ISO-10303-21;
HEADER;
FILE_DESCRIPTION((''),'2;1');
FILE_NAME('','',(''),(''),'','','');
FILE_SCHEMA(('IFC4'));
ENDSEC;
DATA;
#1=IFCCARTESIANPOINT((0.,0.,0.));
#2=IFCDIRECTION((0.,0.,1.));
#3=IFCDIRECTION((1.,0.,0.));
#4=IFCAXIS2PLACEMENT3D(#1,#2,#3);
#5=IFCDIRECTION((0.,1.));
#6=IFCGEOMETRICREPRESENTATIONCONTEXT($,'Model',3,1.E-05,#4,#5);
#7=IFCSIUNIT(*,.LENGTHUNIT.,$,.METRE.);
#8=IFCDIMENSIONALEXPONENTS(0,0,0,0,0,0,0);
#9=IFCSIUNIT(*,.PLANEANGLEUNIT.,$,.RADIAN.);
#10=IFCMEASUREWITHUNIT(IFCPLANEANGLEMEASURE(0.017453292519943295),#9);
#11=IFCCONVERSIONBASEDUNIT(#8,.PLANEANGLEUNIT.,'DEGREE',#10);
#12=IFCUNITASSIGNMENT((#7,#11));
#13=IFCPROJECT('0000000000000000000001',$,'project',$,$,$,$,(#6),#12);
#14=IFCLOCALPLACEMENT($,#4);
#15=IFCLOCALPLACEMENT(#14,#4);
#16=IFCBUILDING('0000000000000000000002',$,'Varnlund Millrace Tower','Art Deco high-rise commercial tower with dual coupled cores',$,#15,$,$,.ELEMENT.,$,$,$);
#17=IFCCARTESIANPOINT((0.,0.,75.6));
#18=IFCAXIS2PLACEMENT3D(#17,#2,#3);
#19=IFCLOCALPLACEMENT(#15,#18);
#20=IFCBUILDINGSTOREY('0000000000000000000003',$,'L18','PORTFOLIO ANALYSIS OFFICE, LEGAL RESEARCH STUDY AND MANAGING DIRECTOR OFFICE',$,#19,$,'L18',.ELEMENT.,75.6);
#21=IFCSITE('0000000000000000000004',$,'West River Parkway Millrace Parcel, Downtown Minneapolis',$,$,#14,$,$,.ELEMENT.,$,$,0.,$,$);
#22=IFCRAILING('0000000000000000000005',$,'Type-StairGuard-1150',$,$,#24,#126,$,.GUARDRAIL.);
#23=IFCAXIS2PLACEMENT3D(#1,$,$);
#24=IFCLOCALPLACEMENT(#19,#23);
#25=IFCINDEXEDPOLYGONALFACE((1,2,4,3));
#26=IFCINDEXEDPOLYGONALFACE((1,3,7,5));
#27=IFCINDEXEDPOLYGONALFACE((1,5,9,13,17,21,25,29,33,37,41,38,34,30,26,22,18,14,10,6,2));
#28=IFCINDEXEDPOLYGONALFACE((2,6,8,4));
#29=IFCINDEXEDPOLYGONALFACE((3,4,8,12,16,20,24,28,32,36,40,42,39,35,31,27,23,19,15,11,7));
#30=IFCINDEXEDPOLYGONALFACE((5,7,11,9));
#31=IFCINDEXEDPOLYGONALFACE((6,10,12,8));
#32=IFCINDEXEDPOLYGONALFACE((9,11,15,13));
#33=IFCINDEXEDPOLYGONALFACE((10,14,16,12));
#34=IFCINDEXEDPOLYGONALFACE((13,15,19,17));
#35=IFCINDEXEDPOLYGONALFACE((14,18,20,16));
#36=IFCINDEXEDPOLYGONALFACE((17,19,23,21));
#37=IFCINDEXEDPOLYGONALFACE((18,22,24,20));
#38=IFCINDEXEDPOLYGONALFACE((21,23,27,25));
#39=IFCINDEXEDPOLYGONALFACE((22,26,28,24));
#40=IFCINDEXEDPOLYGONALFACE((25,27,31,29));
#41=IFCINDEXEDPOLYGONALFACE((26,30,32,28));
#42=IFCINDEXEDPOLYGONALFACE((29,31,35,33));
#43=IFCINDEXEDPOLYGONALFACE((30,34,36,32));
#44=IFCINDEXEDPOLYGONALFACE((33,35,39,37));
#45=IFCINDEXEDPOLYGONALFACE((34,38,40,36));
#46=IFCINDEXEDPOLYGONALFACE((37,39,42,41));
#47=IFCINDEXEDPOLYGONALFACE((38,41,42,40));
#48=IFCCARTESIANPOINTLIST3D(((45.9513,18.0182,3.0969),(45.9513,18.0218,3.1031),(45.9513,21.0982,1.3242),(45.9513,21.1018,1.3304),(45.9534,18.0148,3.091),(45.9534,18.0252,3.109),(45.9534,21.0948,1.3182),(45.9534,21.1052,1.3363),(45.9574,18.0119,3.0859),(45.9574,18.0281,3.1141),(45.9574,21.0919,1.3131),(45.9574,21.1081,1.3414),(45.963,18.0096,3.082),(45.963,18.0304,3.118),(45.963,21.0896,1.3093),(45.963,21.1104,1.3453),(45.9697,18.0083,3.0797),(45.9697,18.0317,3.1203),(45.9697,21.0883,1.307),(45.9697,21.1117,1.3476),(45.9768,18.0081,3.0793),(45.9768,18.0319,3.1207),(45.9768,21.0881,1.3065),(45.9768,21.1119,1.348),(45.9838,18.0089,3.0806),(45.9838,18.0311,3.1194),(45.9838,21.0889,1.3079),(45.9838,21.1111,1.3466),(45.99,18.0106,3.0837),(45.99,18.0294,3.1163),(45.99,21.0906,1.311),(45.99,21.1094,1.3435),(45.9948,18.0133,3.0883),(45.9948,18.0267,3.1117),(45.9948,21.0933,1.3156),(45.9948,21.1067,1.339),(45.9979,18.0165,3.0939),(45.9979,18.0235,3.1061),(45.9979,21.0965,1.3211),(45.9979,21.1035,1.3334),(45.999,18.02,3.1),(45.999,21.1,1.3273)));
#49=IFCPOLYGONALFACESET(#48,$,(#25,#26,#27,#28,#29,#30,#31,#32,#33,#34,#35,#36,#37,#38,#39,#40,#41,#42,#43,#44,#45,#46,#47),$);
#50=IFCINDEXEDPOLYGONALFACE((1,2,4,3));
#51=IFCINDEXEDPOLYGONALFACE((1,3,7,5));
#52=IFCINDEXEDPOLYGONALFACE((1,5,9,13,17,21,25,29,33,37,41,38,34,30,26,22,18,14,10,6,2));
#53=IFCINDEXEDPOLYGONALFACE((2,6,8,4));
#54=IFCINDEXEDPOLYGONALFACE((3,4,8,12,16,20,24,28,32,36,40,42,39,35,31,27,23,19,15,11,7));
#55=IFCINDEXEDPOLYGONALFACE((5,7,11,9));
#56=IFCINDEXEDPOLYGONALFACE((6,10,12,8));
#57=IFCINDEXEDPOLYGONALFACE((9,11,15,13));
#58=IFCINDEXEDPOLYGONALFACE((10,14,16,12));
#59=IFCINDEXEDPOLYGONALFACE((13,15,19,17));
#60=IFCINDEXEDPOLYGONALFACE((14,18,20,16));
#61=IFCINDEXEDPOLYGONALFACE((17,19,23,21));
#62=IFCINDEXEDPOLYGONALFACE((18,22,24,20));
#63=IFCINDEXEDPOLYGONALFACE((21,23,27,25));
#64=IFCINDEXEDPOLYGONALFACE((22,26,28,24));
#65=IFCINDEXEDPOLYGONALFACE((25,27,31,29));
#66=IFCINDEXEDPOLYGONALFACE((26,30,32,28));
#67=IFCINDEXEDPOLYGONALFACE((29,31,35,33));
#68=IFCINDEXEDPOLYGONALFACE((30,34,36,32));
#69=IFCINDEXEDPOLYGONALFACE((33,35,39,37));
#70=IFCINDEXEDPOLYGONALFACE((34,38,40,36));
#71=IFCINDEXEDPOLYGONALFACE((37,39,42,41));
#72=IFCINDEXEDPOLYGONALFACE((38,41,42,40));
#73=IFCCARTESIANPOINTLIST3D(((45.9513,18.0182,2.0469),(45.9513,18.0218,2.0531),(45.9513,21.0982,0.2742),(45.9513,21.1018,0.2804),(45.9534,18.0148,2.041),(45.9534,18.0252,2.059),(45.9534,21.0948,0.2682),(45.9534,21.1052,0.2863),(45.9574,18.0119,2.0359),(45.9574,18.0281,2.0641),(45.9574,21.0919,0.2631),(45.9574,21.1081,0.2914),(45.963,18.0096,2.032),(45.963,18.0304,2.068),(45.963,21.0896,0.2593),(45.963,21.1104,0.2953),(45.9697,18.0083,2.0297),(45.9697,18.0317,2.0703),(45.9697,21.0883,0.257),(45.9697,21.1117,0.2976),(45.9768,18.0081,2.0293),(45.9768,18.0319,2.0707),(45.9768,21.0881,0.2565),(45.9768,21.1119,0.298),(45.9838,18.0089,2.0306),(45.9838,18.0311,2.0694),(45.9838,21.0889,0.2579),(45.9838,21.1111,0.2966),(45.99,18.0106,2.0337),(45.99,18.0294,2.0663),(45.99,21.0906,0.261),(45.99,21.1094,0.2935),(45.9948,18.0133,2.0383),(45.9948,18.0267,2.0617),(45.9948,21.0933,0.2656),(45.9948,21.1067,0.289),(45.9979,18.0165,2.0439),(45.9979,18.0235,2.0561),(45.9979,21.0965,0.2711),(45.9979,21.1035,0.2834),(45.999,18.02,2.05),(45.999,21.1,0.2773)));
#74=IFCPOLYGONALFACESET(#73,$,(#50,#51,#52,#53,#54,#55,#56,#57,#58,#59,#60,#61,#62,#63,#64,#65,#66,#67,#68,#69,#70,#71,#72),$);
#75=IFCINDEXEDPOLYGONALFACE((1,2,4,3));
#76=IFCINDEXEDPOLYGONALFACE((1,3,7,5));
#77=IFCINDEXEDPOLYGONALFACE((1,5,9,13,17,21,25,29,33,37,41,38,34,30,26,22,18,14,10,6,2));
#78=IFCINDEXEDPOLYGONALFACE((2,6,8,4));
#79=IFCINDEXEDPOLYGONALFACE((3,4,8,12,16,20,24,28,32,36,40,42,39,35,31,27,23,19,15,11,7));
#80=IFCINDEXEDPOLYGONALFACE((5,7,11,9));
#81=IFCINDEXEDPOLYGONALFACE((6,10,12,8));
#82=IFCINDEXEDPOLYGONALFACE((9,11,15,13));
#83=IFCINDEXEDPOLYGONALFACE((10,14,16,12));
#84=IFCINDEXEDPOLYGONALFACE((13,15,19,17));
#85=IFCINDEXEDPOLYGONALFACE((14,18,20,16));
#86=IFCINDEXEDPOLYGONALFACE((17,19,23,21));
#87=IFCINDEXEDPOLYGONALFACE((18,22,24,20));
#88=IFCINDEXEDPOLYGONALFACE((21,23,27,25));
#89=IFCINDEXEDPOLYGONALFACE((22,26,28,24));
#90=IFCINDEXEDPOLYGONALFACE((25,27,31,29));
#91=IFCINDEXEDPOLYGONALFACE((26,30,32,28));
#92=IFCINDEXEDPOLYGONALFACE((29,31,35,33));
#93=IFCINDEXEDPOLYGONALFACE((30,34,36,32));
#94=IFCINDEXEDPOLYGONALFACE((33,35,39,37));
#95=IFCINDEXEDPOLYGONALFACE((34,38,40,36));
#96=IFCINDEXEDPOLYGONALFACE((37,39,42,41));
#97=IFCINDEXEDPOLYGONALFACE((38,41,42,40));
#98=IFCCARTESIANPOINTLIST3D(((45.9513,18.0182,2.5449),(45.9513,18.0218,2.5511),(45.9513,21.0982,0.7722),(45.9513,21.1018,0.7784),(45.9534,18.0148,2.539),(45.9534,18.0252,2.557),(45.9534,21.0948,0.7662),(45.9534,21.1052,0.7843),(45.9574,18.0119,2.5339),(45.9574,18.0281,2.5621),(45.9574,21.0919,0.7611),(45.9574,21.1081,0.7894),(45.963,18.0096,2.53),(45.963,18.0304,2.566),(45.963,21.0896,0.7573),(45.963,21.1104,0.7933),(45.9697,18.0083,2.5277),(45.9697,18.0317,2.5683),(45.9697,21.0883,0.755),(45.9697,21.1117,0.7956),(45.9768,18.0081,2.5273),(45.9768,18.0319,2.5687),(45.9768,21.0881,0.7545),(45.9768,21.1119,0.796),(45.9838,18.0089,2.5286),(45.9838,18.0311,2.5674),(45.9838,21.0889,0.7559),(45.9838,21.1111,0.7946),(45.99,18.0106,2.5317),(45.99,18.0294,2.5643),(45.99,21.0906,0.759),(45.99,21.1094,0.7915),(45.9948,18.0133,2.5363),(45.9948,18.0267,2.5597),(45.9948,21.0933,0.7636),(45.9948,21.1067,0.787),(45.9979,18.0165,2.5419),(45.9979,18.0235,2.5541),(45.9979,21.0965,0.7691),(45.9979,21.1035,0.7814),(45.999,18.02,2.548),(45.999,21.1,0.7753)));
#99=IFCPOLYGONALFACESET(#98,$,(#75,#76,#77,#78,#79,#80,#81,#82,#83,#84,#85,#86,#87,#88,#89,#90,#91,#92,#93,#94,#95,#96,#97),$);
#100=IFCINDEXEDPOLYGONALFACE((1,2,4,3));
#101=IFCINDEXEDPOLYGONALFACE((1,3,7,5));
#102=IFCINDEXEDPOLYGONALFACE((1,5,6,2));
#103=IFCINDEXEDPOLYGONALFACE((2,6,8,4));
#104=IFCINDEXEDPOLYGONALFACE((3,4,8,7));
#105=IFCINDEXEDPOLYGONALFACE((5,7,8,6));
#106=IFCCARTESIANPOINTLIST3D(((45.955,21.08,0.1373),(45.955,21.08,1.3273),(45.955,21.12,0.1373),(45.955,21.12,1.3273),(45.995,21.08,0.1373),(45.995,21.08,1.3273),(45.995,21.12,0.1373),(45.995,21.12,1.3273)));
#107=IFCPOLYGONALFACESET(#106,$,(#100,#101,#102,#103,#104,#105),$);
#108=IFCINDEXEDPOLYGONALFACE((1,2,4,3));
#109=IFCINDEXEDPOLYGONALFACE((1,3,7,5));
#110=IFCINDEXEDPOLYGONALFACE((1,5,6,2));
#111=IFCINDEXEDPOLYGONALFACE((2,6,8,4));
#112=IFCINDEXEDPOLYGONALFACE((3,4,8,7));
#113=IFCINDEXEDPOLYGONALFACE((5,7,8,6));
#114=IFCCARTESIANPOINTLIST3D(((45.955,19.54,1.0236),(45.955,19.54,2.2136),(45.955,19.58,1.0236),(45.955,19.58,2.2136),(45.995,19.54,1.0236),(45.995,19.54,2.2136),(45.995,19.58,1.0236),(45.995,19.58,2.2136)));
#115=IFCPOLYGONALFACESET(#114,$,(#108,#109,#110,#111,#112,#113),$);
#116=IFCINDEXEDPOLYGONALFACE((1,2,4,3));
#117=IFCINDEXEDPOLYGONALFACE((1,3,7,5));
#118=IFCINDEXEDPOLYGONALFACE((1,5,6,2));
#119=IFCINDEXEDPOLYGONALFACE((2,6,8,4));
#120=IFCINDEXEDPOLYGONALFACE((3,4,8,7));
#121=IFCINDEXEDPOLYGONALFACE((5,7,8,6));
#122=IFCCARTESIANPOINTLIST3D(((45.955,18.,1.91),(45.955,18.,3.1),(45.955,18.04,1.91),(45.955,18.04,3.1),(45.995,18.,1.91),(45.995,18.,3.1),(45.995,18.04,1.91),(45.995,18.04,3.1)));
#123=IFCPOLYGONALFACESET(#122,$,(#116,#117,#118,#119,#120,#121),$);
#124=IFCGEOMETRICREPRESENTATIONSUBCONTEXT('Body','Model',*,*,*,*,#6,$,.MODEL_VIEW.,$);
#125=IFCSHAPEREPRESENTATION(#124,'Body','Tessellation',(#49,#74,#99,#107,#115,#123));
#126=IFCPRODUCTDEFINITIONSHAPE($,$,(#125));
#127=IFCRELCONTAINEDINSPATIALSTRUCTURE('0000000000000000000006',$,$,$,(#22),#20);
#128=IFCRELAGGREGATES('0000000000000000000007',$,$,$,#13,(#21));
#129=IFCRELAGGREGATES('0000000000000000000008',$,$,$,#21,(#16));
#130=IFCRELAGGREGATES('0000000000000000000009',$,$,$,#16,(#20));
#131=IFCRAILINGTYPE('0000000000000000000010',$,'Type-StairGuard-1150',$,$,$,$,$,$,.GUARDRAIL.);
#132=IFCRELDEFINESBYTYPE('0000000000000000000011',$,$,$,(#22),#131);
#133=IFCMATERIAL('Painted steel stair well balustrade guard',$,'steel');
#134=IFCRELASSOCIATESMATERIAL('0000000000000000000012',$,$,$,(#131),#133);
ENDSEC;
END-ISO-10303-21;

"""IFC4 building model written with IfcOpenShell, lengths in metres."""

from ifc_helpers import new_model, entity, si_unit, converted_unit, direction, frame, origin_with_axes, origin_2d_with_axis, place, context, subcontext, project, spatial, rectangle, circle, extrude, material, type_object, element, save


model = new_model("IFC4")

# Units and contexts
model_context = context("Model", 3, precision=1e-05, world=origin_with_axes(), true_north=direction((0.0, 1.0)))
body_context = subcontext(model_context, "Body", "Model", "MODEL_VIEW")
ifc_project = project(units=[si_unit("LENGTHUNIT", "METRE"), converted_unit("PLANEANGLEUNIT", "DEGREE", entity("IfcPlaneAngleMeasure", 0.017453292519943295), si_unit("PLANEANGLEUNIT", "RADIAN"), dimensions=[0, 0, 0, 0, 0, 0, 0])], contexts=[model_context])

# Site, building, storey
site_placement = place(None, origin_with_axes())
site = spatial("IfcSite", under=ifc_project, at=site_placement, Name="West River Parkway Millrace Parcel, Downtown Minneapolis", CompositionType="ELEMENT", RefElevation=0.0)
building_placement = place(site_placement, origin_with_axes())
building = spatial("IfcBuilding", under=site, at=building_placement, Name="Varnlund Millrace Tower", Description="Art Deco high-rise commercial tower with dual coupled cores", CompositionType="ELEMENT")
storey_placement = place(building_placement, frame((0.0, 0.0, 75.6), z_axis=(0.0, 0.0, 1.0), x_axis=(1.0, 0.0, 0.0)))
storey = spatial("IfcBuildingStorey", under=building, at=storey_placement, Name="L18", Description="PORTFOLIO ANALYSIS OFFICE, LEGAL RESEARCH STUDY AND MANAGING DIRECTOR OFFICE", LongName="L18", CompositionType="ELEMENT", Elevation=75.6)

# Railing
ifc_material_1 = material(Name="Painted steel stair well balustrade guard", Category="steel")
railing_type_1 = type_object("IfcRailingType", Name="Type-StairGuard-1150", PredefinedType="GUARDRAIL", material=ifc_material_1)
railing_1_placement = place(storey_placement, frame((0.0, 0.0, -75.6), z_axis=(0.0, 0.0, 1.0), x_axis=(1.0, 0.0, 0.0)))
element("IfcRailing", 1, at=railing_1_placement, inside=storey, type_object=railing_type_1, Name="Type-StairGuard-1150", PredefinedType="GUARDRAIL", context=body_context, shape_type="SweptSolid", body=[
    extrude(circle(Radius=0.024, at=origin_2d_with_axis()), frame((45.975, 21.1, 76.9273), z_axis=(0.0, -0.866696, 0.498836), x_axis=(1.0, 0.0, 0.0)), (0.0, 0.0, 1.0), 3.5537),
    extrude(circle(Radius=0.024, at=origin_2d_with_axis()), frame((45.975, 21.1, 75.8773), z_axis=(0.0, -0.866696, 0.498836), x_axis=(1.0, 0.0, 0.0)), (0.0, 0.0, 1.0), 3.5537),
    extrude(circle(Radius=0.024, at=origin_2d_with_axis()), frame((45.975, 21.1, 76.3753), z_axis=(0.0, -0.866696, 0.498836), x_axis=(1.0, 0.0, 0.0)), (0.0, 0.0, 1.0), 3.5537),
    extrude(rectangle(XDim=0.04, YDim=0.04, at=origin_2d_with_axis()), frame((45.975, 21.1, 75.7373), z_axis=(0.0, 0.0, 1.0), x_axis=(1.0, 0.0, 0.0)), (0.0, 0.0, 1.0), 1.19),
    extrude(rectangle(XDim=0.04, YDim=0.04, at=origin_2d_with_axis()), frame((45.975, 19.56, 76.6236), z_axis=(0.0, 0.0, 1.0), x_axis=(1.0, 0.0, 0.0)), (0.0, 0.0, 1.0), 1.19),
    extrude(rectangle(XDim=0.04, YDim=0.04, at=origin_2d_with_axis()), frame((45.975, 18.02, 77.51), z_axis=(0.0, 0.0, 1.0), x_axis=(1.0, 0.0, 0.0)), (0.0, 0.0, 1.0), 1.19),
])

save(model, "model.ifc")
